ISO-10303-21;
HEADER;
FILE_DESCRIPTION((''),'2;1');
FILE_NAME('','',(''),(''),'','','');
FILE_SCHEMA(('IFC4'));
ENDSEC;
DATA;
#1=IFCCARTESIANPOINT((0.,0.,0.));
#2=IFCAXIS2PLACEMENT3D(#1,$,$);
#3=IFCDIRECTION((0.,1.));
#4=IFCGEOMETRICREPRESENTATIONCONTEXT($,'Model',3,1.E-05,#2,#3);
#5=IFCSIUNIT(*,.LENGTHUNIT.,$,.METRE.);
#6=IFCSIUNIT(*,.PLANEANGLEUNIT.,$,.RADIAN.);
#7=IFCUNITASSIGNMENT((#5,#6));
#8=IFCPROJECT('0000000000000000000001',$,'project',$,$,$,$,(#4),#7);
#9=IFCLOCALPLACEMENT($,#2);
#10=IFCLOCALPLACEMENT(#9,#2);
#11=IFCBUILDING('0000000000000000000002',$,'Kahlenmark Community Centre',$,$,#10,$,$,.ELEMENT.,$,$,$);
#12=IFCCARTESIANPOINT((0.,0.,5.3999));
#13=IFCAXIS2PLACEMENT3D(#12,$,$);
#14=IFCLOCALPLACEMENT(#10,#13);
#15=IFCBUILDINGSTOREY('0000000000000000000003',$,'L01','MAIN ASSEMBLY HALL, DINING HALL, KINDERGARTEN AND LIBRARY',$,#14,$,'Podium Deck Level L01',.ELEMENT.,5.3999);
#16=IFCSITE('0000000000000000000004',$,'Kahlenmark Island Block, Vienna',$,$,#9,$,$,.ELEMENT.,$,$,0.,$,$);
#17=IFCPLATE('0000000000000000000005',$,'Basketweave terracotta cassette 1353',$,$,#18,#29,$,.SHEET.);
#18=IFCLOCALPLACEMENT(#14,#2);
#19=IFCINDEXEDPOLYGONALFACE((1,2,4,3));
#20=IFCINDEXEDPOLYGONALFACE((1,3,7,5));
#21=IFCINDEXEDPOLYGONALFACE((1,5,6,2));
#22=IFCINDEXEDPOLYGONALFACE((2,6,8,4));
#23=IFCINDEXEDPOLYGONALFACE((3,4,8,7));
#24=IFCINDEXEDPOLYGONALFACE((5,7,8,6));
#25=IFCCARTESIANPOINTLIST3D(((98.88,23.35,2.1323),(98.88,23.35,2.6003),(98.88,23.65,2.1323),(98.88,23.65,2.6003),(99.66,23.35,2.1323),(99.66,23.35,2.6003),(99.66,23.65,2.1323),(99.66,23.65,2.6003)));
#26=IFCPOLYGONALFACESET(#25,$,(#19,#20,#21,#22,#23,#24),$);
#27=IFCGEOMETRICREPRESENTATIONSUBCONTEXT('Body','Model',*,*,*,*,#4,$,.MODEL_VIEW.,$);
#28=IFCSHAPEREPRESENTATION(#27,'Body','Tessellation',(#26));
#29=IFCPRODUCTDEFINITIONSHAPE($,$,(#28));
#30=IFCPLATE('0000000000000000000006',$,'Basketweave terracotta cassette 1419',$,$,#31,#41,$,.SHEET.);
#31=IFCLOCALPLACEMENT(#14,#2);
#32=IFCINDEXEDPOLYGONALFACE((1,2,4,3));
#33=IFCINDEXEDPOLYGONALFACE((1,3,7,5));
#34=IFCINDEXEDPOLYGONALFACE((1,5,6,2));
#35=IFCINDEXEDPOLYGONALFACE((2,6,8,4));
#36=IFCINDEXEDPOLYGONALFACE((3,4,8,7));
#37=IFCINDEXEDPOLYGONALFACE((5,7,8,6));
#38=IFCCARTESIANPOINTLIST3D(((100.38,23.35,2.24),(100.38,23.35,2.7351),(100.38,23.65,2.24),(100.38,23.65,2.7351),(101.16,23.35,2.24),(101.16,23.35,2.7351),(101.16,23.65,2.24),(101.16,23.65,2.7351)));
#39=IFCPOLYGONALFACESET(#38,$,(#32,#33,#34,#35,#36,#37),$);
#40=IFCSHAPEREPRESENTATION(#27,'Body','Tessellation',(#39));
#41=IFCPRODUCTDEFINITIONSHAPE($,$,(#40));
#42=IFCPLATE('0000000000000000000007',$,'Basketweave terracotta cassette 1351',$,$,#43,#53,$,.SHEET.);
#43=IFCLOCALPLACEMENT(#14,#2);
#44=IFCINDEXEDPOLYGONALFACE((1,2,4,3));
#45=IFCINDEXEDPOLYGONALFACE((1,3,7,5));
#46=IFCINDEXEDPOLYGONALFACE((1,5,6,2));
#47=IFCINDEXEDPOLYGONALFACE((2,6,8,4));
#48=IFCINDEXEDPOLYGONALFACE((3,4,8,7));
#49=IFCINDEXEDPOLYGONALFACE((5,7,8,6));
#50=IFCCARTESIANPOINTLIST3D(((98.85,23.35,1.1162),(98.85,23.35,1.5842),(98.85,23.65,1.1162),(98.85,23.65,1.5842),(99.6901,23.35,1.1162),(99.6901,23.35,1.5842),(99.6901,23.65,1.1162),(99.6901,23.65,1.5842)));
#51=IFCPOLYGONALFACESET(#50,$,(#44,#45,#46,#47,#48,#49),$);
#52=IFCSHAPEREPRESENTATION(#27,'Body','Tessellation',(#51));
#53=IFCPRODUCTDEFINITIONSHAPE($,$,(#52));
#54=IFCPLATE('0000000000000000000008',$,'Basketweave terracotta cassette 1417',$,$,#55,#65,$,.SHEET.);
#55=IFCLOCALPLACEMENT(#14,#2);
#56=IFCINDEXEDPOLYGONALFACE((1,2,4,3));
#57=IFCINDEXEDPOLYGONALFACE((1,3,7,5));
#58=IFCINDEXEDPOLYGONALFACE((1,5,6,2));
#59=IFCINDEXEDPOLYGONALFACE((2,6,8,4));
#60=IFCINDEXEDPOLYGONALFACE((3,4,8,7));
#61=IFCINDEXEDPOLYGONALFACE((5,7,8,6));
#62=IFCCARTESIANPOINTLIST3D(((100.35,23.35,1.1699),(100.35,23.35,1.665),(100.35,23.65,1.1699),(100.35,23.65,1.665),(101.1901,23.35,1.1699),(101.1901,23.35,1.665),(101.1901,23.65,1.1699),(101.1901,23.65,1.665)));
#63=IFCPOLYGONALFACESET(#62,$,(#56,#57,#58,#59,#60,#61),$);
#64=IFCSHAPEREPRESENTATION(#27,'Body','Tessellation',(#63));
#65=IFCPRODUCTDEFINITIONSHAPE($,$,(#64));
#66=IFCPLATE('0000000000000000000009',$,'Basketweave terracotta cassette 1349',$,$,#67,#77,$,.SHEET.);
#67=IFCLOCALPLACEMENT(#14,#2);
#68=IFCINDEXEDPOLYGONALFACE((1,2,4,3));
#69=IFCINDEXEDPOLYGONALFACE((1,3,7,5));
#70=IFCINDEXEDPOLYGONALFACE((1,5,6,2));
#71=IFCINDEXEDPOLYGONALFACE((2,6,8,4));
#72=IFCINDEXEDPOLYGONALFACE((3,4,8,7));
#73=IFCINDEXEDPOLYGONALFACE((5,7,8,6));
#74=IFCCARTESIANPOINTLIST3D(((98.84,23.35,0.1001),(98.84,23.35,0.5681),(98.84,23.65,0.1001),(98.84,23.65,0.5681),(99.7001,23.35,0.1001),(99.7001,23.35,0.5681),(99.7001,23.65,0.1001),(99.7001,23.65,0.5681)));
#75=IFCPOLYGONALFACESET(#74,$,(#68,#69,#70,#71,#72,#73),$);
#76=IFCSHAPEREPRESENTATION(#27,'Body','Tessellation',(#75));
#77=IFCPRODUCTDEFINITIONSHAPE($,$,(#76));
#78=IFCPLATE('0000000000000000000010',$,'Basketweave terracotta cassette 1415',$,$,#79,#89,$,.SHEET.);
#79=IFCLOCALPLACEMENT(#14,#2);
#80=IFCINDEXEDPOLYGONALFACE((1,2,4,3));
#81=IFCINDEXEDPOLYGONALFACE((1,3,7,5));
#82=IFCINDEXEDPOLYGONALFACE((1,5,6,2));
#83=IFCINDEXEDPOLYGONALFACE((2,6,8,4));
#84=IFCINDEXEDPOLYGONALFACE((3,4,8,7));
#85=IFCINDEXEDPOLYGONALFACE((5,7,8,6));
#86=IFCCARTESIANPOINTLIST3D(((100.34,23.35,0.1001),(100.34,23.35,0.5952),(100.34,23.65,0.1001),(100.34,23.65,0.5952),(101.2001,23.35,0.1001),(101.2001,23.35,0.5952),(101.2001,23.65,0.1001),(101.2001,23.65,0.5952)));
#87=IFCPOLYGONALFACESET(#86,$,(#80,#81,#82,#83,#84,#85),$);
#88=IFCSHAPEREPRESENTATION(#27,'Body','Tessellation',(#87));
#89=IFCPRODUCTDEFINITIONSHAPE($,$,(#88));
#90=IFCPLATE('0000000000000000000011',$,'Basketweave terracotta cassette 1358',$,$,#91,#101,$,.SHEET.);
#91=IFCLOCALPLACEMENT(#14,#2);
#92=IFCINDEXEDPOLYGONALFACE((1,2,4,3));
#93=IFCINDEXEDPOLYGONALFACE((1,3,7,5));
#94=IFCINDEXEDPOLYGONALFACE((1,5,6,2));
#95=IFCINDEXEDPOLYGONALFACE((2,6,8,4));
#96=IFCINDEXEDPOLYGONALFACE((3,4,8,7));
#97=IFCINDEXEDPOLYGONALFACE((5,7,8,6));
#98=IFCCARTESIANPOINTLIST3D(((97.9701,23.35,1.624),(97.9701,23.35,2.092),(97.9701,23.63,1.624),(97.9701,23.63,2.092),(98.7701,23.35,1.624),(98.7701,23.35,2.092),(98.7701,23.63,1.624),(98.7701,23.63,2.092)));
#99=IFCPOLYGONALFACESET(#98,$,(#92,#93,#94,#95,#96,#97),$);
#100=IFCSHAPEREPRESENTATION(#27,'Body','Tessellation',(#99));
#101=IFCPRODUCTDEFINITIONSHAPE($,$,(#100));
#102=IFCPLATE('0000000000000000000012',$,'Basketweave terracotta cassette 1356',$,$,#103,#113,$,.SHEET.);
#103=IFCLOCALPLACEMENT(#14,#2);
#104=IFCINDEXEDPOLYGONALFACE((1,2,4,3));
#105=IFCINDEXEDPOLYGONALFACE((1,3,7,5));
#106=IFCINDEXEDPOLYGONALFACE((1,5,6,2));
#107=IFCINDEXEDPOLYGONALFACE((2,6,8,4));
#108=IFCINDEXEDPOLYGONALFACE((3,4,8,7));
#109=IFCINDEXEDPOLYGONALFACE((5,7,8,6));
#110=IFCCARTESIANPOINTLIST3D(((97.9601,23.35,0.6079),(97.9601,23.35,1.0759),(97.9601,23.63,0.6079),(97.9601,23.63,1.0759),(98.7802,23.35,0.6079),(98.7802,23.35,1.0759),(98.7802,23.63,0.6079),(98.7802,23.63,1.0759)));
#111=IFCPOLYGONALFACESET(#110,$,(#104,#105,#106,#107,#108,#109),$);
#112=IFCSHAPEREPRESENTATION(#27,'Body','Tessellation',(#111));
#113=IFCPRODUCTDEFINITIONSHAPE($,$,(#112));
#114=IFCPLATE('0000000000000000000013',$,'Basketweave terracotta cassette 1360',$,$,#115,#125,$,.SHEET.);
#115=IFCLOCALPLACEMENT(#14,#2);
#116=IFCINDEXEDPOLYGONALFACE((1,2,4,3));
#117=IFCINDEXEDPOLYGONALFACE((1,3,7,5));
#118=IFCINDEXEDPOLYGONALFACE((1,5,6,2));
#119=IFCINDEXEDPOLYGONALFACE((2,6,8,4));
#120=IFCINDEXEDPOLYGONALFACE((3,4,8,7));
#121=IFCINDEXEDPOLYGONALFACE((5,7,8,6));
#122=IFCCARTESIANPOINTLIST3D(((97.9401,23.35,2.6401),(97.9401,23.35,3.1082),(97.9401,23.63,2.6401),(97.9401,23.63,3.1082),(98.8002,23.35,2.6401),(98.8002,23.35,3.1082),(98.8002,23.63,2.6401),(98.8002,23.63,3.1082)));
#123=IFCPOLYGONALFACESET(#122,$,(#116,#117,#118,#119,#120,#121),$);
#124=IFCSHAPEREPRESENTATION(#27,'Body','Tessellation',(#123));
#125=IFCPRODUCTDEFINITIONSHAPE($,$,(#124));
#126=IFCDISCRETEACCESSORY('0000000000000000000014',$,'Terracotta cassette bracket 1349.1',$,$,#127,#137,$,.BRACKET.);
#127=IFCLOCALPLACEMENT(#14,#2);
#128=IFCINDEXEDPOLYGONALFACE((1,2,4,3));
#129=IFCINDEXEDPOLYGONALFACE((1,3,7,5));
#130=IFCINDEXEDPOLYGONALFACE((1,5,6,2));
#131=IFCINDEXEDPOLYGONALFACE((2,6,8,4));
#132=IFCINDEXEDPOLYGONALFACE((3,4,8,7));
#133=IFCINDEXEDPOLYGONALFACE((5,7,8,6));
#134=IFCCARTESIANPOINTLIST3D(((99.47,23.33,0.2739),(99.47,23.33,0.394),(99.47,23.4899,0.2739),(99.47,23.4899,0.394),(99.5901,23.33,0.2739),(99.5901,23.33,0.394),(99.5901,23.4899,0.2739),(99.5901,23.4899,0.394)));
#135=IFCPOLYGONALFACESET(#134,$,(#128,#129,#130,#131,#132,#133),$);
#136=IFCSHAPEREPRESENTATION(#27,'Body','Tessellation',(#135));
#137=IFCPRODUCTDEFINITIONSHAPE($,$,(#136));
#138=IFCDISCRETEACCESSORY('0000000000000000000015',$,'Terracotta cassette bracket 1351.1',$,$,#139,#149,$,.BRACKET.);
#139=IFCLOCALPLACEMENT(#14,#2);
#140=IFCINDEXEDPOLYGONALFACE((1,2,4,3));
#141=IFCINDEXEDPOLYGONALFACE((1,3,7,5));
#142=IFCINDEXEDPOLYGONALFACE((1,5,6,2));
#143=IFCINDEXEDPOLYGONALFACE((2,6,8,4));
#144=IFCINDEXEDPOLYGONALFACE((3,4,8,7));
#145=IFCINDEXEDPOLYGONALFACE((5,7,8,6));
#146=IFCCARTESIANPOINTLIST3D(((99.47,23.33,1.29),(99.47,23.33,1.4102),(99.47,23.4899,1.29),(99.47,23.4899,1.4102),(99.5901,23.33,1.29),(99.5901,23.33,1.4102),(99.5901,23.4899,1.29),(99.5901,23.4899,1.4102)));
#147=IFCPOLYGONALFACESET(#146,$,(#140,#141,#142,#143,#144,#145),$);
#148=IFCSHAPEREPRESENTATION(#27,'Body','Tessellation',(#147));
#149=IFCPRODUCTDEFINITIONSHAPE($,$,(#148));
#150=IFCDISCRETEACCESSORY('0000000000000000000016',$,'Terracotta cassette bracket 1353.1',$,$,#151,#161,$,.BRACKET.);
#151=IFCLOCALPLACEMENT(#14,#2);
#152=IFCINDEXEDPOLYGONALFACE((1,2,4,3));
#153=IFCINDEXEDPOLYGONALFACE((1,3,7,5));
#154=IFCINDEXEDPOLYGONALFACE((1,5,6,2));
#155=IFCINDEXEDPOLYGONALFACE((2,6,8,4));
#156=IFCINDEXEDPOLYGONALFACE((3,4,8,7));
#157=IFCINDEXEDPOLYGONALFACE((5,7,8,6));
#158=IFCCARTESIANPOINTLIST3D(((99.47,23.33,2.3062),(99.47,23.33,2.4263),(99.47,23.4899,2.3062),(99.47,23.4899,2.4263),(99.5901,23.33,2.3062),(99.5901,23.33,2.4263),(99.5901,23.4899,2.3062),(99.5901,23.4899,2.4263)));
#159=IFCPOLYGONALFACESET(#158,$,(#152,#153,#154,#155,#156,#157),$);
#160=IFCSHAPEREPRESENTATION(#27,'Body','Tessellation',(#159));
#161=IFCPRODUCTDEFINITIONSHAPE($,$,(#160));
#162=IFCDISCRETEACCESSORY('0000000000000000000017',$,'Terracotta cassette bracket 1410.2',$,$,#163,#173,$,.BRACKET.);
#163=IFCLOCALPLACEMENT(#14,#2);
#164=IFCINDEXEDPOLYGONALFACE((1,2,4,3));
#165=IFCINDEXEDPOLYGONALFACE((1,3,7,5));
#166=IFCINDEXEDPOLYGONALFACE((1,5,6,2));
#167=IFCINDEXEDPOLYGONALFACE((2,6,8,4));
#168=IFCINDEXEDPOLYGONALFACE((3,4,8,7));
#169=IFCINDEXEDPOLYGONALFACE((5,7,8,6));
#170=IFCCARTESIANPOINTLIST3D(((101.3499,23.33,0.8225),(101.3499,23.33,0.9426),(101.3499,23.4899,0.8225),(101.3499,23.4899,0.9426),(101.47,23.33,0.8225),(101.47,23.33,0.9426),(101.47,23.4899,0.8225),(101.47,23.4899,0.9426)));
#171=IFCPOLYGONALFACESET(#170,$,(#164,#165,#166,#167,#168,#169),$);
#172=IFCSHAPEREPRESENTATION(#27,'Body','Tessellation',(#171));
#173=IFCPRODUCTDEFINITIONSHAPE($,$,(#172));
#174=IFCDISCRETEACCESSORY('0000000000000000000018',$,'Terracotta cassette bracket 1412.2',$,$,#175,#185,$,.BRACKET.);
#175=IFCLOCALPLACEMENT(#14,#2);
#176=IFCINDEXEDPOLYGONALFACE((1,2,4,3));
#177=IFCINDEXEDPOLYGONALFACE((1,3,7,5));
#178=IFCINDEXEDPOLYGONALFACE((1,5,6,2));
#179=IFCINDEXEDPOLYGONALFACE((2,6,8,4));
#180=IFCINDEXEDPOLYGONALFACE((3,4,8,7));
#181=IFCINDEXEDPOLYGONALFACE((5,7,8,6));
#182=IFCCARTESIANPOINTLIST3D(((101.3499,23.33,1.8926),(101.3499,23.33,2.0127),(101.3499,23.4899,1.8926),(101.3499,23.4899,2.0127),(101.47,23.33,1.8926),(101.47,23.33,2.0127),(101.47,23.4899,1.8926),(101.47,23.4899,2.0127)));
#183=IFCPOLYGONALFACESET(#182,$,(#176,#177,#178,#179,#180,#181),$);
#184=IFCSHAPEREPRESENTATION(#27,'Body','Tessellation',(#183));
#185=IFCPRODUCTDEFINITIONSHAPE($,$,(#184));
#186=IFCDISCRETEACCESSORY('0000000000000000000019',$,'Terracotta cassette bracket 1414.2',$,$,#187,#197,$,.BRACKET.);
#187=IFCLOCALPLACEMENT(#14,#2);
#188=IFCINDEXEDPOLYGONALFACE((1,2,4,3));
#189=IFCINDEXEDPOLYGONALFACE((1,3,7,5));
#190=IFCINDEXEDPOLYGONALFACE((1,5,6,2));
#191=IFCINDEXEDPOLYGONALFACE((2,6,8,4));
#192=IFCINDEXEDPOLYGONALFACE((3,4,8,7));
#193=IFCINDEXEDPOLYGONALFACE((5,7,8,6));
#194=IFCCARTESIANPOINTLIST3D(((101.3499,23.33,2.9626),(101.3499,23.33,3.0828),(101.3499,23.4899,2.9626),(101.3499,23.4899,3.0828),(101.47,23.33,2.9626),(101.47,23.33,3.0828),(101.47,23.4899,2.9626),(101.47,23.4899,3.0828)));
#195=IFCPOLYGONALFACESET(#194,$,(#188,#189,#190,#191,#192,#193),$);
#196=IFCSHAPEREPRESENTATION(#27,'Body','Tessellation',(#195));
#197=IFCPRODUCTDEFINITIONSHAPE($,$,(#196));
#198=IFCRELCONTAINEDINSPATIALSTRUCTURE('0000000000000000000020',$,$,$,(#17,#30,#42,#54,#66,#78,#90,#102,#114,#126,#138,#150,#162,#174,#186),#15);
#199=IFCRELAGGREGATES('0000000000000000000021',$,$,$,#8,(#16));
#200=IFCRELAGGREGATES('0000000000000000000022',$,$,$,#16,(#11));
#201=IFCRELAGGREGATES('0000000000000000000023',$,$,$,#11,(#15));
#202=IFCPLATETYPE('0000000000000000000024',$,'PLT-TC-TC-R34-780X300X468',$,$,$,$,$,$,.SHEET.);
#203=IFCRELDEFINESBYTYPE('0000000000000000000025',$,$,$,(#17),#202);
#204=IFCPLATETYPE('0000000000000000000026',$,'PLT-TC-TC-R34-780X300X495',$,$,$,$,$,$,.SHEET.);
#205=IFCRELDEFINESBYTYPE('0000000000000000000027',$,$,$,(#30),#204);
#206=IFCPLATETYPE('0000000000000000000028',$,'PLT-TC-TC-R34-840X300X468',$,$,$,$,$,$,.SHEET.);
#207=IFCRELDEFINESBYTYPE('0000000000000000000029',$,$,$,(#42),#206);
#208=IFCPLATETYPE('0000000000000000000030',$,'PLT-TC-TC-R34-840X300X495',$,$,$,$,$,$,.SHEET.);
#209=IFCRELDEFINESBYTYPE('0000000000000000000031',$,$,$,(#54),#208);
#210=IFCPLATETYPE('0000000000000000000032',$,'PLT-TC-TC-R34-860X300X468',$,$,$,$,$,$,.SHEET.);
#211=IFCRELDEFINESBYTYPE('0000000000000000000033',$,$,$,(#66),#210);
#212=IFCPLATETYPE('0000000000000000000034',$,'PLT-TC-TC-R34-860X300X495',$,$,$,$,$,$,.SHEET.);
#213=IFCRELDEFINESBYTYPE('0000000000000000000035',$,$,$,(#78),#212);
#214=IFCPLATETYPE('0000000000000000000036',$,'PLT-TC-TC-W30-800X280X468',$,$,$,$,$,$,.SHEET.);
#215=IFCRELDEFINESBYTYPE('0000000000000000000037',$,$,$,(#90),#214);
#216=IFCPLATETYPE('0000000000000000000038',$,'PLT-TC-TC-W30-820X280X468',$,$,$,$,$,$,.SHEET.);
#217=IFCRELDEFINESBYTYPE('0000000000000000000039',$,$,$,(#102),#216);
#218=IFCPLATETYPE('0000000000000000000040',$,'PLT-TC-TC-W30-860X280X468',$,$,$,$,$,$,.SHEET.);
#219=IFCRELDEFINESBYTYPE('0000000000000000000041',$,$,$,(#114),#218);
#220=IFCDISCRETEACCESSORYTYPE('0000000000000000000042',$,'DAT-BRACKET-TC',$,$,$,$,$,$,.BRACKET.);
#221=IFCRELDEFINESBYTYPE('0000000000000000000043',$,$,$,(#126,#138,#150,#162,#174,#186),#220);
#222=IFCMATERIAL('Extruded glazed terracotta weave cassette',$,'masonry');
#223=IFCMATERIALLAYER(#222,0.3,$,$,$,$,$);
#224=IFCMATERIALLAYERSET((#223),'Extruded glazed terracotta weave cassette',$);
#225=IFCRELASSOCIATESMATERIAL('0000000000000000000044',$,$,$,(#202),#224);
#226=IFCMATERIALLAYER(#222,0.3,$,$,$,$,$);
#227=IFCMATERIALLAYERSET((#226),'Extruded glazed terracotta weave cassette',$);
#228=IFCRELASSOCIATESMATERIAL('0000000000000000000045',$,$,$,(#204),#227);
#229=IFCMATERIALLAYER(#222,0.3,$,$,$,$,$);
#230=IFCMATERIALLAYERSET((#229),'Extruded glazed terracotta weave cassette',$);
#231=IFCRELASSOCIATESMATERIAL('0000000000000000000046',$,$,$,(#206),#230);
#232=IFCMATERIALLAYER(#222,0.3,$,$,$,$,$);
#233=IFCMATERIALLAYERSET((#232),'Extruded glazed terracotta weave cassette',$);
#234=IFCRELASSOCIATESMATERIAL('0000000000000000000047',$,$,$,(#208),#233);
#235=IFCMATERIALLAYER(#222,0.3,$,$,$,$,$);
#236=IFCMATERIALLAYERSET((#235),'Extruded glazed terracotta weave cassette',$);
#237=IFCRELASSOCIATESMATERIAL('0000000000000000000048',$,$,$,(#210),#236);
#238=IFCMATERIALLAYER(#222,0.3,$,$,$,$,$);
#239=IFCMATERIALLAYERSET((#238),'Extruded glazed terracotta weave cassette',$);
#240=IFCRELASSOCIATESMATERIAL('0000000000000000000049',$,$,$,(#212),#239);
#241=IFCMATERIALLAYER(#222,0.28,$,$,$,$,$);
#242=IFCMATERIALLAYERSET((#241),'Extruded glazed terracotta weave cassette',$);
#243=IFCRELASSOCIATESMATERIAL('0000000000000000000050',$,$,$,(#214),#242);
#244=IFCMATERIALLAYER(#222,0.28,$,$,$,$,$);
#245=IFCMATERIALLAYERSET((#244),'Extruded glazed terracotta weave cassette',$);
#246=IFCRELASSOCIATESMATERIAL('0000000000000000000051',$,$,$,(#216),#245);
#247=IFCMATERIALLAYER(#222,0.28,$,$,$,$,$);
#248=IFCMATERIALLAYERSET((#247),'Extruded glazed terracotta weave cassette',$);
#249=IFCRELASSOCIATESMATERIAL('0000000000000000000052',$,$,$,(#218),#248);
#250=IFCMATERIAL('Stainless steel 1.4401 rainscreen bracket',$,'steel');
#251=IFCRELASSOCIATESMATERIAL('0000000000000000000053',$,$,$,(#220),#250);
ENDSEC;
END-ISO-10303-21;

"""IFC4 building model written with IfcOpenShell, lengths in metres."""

from ifc_helpers import new_model, si_unit, direction, frame, origin, origin_2d, place, context, subcontext, project, spatial, rectangle, extrude, material, layer, layer_set, type_object, element, save


model = new_model("IFC4")

# Units and contexts
model_context = context("Model", 3, precision=1e-05, world=origin(), true_north=direction((0.0, 1.0)))
body_context = subcontext(model_context, "Body", "Model", "MODEL_VIEW")
ifc_project = project(units=[si_unit("LENGTHUNIT", "METRE"), si_unit("PLANEANGLEUNIT", "RADIAN")], contexts=[model_context])

# Site, building, storey
site_placement = place(None, origin())
site = spatial("IfcSite", under=ifc_project, at=site_placement, Name="Kahlenmark Island Block, Vienna", CompositionType="ELEMENT", RefElevation=0.0)
building_placement = place(site_placement, origin())
building = spatial("IfcBuilding", under=site, at=building_placement, Name="Kahlenmark Community Centre", CompositionType="ELEMENT")
storey_placement = place(building_placement, frame((0.0, 0.0, 5.3999)))
storey = spatial("IfcBuildingStorey", under=building, at=storey_placement, Name="L01", Description="MAIN ASSEMBLY HALL, DINING HALL, KINDERGARTEN AND LIBRARY", LongName="Podium Deck Level L01", CompositionType="ELEMENT", Elevation=5.3999)

# Plates
ifc_material_1 = material(Name="Extruded glazed terracotta weave cassette", Category="masonry")
ifc_layer_1 = layer(ifc_material_1, 0.3)
ifc_layer_set_1 = layer_set([ifc_layer_1], Name="Extruded glazed terracotta weave cassette")
plate_type_1 = type_object("IfcPlateType", Name="PLT-TC-TC-R34-780X300X468", PredefinedType="SHEET", material=ifc_layer_set_1)
plate_1_placement = place(storey_placement, frame((99.27, 23.5, 2.1323), z_axis=(0.0, 0.0, 1.0), x_axis=(-1.0, 0.0, 0.0)))
element("IfcPlate", 1, at=plate_1_placement, inside=storey, type_object=plate_type_1, Name="Basketweave terracotta cassette 1353", PredefinedType="SHEET", context=body_context, shape_type="SweptSolid", body=[
    extrude(rectangle(XDim=0.78, YDim=0.3, at=origin_2d()), origin(), (0.0, 0.0, 1.0), 0.468),
])
ifc_layer_2 = layer(ifc_material_1, 0.3)
ifc_layer_set_2 = layer_set([ifc_layer_2], Name="Extruded glazed terracotta weave cassette")
plate_type_2 = type_object("IfcPlateType", Name="PLT-TC-TC-R34-780X300X495", PredefinedType="SHEET", material=ifc_layer_set_2)
plate_2_placement = place(storey_placement, frame((100.77, 23.5, 2.24), z_axis=(0.0, 0.0, 1.0), x_axis=(-1.0, 0.0, 0.0)))
element("IfcPlate", 2, at=plate_2_placement, inside=storey, type_object=plate_type_2, Name="Basketweave terracotta cassette 1419", PredefinedType="SHEET", context=body_context, shape_type="SweptSolid", body=[
    extrude(rectangle(XDim=0.78, YDim=0.3, at=origin_2d()), origin(), (0.0, 0.0, 1.0), 0.4951),
])
ifc_layer_3 = layer(ifc_material_1, 0.3)
ifc_layer_set_3 = layer_set([ifc_layer_3], Name="Extruded glazed terracotta weave cassette")
plate_type_3 = type_object("IfcPlateType", Name="PLT-TC-TC-R34-840X300X468", PredefinedType="SHEET", material=ifc_layer_set_3)
plate_3_placement = place(storey_placement, frame((99.27, 23.5, 1.1162), z_axis=(0.0, 0.0, 1.0), x_axis=(-1.0, 0.0, 0.0)))
element("IfcPlate", 3, at=plate_3_placement, inside=storey, type_object=plate_type_3, Name="Basketweave terracotta cassette 1351", PredefinedType="SHEET", context=body_context, shape_type="SweptSolid", body=[
    extrude(rectangle(XDim=0.8401, YDim=0.3, at=origin_2d()), origin(), (0.0, 0.0, 1.0), 0.468),
])
ifc_layer_4 = layer(ifc_material_1, 0.3)
ifc_layer_set_4 = layer_set([ifc_layer_4], Name="Extruded glazed terracotta weave cassette")
plate_type_4 = type_object("IfcPlateType", Name="PLT-TC-TC-R34-840X300X495", PredefinedType="SHEET", material=ifc_layer_set_4)
plate_4_placement = place(storey_placement, frame((100.77, 23.5, 1.1699), z_axis=(0.0, 0.0, 1.0), x_axis=(-1.0, 0.0, 0.0)))
element("IfcPlate", 4, at=plate_4_placement, inside=storey, type_object=plate_type_4, Name="Basketweave terracotta cassette 1417", PredefinedType="SHEET", context=body_context, shape_type="SweptSolid", body=[
    extrude(rectangle(XDim=0.8401, YDim=0.3, at=origin_2d()), origin(), (0.0, 0.0, 1.0), 0.4951),
])
ifc_layer_5 = layer(ifc_material_1, 0.3)
ifc_layer_set_5 = layer_set([ifc_layer_5], Name="Extruded glazed terracotta weave cassette")
plate_type_5 = type_object("IfcPlateType", Name="PLT-TC-TC-R34-860X300X468", PredefinedType="SHEET", material=ifc_layer_set_5)
plate_5_placement = place(storey_placement, frame((99.27, 23.5, 0.1001), z_axis=(0.0, 0.0, 1.0), x_axis=(-1.0, 0.0, 0.0)))
element("IfcPlate", 5, at=plate_5_placement, inside=storey, type_object=plate_type_5, Name="Basketweave terracotta cassette 1349", PredefinedType="SHEET", context=body_context, shape_type="SweptSolid", body=[
    extrude(rectangle(XDim=0.8601, YDim=0.3, at=origin_2d()), origin(), (0.0, 0.0, 1.0), 0.468),
])
ifc_layer_6 = layer(ifc_material_1, 0.3)
ifc_layer_set_6 = layer_set([ifc_layer_6], Name="Extruded glazed terracotta weave cassette")
plate_type_6 = type_object("IfcPlateType", Name="PLT-TC-TC-R34-860X300X495", PredefinedType="SHEET", material=ifc_layer_set_6)
plate_6_placement = place(storey_placement, frame((100.77, 23.5, 0.1001), z_axis=(0.0, 0.0, 1.0), x_axis=(-1.0, 0.0, 0.0)))
element("IfcPlate", 6, at=plate_6_placement, inside=storey, type_object=plate_type_6, Name="Basketweave terracotta cassette 1415", PredefinedType="SHEET", context=body_context, shape_type="SweptSolid", body=[
    extrude(rectangle(XDim=0.8601, YDim=0.3, at=origin_2d()), origin(), (0.0, 0.0, 1.0), 0.4951),
])
ifc_layer_7 = layer(ifc_material_1, 0.28)
ifc_layer_set_7 = layer_set([ifc_layer_7], Name="Extruded glazed terracotta weave cassette")
plate_type_7 = type_object("IfcPlateType", Name="PLT-TC-TC-W30-800X280X468", PredefinedType="SHEET", material=ifc_layer_set_7)
plate_7_placement = place(storey_placement, frame((98.3701, 23.49, 1.624), z_axis=(0.0, 0.0, 1.0), x_axis=(-1.0, 0.0, 0.0)))
element("IfcPlate", 7, at=plate_7_placement, inside=storey, type_object=plate_type_7, Name="Basketweave terracotta cassette 1358", PredefinedType="SHEET", context=body_context, shape_type="SweptSolid", body=[
    extrude(rectangle(XDim=0.8, YDim=0.28, at=origin_2d()), origin(), (0.0, 0.0, 1.0), 0.468),
])
ifc_layer_8 = layer(ifc_material_1, 0.28)
ifc_layer_set_8 = layer_set([ifc_layer_8], Name="Extruded glazed terracotta weave cassette")
plate_type_8 = type_object("IfcPlateType", Name="PLT-TC-TC-W30-820X280X468", PredefinedType="SHEET", material=ifc_layer_set_8)
plate_8_placement = place(storey_placement, frame((98.3701, 23.49, 0.6079), z_axis=(0.0, 0.0, 1.0), x_axis=(-1.0, 0.0, 0.0)))
element("IfcPlate", 8, at=plate_8_placement, inside=storey, type_object=plate_type_8, Name="Basketweave terracotta cassette 1356", PredefinedType="SHEET", context=body_context, shape_type="SweptSolid", body=[
    extrude(rectangle(XDim=0.8201, YDim=0.28, at=origin_2d()), origin(), (0.0, 0.0, 1.0), 0.468),
])
ifc_layer_9 = layer(ifc_material_1, 0.28)
ifc_layer_set_9 = layer_set([ifc_layer_9], Name="Extruded glazed terracotta weave cassette")
plate_type_9 = type_object("IfcPlateType", Name="PLT-TC-TC-W30-860X280X468", PredefinedType="SHEET", material=ifc_layer_set_9)
plate_9_placement = place(storey_placement, frame((98.3701, 23.49, 2.6401), z_axis=(0.0, 0.0, 1.0), x_axis=(-1.0, 0.0, 0.0)))
element("IfcPlate", 9, at=plate_9_placement, inside=storey, type_object=plate_type_9, Name="Basketweave terracotta cassette 1360", PredefinedType="SHEET", context=body_context, shape_type="SweptSolid", body=[
    extrude(rectangle(XDim=0.8601, YDim=0.28, at=origin_2d()), origin(), (0.0, 0.0, 1.0), 0.468),
])

# Discrete accessories
ifc_material_2 = material(Name="Stainless steel 1.4401 rainscreen bracket", Category="steel")
discrete_accessory_type = type_object("IfcDiscreteAccessoryType", Name="DAT-BRACKET-TC", PredefinedType="BRACKET", material=ifc_material_2)
for number, where, z_axis, x_axis, name in (
    (10, (99.53, 23.4099, 0.2739), (0.0, 0.0, 1.0), (-1.0, 0.0, 0.0), "Terracotta cassette bracket 1349.1"),
    (11, (99.53, 23.4099, 1.29), (0.0, 0.0, 1.0), (-1.0, 0.0, 0.0), "Terracotta cassette bracket 1351.1"),
    (12, (99.53, 23.4099, 2.3062), (0.0, 0.0, 1.0), (-1.0, 0.0, 0.0), "Terracotta cassette bracket 1353.1"),
    (13, (101.4099, 23.4099, 0.8225), (0.0, 0.0, 1.0), (-1.0, 0.0, 0.0), "Terracotta cassette bracket 1410.2"),
    (14, (101.4099, 23.4099, 1.8926), (0.0, 0.0, 1.0), (-1.0, 0.0, 0.0), "Terracotta cassette bracket 1412.2"),
    (15, (101.4099, 23.4099, 2.9626), (0.0, 0.0, 1.0), (-1.0, 0.0, 0.0), "Terracotta cassette bracket 1414.2"),
):
    element("IfcDiscreteAccessory", number, at=place(storey_placement, frame(where, z_axis=z_axis, x_axis=x_axis)), inside=storey, type_object=discrete_accessory_type, Name=name, PredefinedType="BRACKET", context=body_context, shape_type="SweptSolid", body=[
        extrude(rectangle(XDim=0.1201, YDim=0.1599, at=origin_2d()), origin(), (0.0, 0.0, 1.0), 0.1201),
    ])

save(model, "model.ifc")
